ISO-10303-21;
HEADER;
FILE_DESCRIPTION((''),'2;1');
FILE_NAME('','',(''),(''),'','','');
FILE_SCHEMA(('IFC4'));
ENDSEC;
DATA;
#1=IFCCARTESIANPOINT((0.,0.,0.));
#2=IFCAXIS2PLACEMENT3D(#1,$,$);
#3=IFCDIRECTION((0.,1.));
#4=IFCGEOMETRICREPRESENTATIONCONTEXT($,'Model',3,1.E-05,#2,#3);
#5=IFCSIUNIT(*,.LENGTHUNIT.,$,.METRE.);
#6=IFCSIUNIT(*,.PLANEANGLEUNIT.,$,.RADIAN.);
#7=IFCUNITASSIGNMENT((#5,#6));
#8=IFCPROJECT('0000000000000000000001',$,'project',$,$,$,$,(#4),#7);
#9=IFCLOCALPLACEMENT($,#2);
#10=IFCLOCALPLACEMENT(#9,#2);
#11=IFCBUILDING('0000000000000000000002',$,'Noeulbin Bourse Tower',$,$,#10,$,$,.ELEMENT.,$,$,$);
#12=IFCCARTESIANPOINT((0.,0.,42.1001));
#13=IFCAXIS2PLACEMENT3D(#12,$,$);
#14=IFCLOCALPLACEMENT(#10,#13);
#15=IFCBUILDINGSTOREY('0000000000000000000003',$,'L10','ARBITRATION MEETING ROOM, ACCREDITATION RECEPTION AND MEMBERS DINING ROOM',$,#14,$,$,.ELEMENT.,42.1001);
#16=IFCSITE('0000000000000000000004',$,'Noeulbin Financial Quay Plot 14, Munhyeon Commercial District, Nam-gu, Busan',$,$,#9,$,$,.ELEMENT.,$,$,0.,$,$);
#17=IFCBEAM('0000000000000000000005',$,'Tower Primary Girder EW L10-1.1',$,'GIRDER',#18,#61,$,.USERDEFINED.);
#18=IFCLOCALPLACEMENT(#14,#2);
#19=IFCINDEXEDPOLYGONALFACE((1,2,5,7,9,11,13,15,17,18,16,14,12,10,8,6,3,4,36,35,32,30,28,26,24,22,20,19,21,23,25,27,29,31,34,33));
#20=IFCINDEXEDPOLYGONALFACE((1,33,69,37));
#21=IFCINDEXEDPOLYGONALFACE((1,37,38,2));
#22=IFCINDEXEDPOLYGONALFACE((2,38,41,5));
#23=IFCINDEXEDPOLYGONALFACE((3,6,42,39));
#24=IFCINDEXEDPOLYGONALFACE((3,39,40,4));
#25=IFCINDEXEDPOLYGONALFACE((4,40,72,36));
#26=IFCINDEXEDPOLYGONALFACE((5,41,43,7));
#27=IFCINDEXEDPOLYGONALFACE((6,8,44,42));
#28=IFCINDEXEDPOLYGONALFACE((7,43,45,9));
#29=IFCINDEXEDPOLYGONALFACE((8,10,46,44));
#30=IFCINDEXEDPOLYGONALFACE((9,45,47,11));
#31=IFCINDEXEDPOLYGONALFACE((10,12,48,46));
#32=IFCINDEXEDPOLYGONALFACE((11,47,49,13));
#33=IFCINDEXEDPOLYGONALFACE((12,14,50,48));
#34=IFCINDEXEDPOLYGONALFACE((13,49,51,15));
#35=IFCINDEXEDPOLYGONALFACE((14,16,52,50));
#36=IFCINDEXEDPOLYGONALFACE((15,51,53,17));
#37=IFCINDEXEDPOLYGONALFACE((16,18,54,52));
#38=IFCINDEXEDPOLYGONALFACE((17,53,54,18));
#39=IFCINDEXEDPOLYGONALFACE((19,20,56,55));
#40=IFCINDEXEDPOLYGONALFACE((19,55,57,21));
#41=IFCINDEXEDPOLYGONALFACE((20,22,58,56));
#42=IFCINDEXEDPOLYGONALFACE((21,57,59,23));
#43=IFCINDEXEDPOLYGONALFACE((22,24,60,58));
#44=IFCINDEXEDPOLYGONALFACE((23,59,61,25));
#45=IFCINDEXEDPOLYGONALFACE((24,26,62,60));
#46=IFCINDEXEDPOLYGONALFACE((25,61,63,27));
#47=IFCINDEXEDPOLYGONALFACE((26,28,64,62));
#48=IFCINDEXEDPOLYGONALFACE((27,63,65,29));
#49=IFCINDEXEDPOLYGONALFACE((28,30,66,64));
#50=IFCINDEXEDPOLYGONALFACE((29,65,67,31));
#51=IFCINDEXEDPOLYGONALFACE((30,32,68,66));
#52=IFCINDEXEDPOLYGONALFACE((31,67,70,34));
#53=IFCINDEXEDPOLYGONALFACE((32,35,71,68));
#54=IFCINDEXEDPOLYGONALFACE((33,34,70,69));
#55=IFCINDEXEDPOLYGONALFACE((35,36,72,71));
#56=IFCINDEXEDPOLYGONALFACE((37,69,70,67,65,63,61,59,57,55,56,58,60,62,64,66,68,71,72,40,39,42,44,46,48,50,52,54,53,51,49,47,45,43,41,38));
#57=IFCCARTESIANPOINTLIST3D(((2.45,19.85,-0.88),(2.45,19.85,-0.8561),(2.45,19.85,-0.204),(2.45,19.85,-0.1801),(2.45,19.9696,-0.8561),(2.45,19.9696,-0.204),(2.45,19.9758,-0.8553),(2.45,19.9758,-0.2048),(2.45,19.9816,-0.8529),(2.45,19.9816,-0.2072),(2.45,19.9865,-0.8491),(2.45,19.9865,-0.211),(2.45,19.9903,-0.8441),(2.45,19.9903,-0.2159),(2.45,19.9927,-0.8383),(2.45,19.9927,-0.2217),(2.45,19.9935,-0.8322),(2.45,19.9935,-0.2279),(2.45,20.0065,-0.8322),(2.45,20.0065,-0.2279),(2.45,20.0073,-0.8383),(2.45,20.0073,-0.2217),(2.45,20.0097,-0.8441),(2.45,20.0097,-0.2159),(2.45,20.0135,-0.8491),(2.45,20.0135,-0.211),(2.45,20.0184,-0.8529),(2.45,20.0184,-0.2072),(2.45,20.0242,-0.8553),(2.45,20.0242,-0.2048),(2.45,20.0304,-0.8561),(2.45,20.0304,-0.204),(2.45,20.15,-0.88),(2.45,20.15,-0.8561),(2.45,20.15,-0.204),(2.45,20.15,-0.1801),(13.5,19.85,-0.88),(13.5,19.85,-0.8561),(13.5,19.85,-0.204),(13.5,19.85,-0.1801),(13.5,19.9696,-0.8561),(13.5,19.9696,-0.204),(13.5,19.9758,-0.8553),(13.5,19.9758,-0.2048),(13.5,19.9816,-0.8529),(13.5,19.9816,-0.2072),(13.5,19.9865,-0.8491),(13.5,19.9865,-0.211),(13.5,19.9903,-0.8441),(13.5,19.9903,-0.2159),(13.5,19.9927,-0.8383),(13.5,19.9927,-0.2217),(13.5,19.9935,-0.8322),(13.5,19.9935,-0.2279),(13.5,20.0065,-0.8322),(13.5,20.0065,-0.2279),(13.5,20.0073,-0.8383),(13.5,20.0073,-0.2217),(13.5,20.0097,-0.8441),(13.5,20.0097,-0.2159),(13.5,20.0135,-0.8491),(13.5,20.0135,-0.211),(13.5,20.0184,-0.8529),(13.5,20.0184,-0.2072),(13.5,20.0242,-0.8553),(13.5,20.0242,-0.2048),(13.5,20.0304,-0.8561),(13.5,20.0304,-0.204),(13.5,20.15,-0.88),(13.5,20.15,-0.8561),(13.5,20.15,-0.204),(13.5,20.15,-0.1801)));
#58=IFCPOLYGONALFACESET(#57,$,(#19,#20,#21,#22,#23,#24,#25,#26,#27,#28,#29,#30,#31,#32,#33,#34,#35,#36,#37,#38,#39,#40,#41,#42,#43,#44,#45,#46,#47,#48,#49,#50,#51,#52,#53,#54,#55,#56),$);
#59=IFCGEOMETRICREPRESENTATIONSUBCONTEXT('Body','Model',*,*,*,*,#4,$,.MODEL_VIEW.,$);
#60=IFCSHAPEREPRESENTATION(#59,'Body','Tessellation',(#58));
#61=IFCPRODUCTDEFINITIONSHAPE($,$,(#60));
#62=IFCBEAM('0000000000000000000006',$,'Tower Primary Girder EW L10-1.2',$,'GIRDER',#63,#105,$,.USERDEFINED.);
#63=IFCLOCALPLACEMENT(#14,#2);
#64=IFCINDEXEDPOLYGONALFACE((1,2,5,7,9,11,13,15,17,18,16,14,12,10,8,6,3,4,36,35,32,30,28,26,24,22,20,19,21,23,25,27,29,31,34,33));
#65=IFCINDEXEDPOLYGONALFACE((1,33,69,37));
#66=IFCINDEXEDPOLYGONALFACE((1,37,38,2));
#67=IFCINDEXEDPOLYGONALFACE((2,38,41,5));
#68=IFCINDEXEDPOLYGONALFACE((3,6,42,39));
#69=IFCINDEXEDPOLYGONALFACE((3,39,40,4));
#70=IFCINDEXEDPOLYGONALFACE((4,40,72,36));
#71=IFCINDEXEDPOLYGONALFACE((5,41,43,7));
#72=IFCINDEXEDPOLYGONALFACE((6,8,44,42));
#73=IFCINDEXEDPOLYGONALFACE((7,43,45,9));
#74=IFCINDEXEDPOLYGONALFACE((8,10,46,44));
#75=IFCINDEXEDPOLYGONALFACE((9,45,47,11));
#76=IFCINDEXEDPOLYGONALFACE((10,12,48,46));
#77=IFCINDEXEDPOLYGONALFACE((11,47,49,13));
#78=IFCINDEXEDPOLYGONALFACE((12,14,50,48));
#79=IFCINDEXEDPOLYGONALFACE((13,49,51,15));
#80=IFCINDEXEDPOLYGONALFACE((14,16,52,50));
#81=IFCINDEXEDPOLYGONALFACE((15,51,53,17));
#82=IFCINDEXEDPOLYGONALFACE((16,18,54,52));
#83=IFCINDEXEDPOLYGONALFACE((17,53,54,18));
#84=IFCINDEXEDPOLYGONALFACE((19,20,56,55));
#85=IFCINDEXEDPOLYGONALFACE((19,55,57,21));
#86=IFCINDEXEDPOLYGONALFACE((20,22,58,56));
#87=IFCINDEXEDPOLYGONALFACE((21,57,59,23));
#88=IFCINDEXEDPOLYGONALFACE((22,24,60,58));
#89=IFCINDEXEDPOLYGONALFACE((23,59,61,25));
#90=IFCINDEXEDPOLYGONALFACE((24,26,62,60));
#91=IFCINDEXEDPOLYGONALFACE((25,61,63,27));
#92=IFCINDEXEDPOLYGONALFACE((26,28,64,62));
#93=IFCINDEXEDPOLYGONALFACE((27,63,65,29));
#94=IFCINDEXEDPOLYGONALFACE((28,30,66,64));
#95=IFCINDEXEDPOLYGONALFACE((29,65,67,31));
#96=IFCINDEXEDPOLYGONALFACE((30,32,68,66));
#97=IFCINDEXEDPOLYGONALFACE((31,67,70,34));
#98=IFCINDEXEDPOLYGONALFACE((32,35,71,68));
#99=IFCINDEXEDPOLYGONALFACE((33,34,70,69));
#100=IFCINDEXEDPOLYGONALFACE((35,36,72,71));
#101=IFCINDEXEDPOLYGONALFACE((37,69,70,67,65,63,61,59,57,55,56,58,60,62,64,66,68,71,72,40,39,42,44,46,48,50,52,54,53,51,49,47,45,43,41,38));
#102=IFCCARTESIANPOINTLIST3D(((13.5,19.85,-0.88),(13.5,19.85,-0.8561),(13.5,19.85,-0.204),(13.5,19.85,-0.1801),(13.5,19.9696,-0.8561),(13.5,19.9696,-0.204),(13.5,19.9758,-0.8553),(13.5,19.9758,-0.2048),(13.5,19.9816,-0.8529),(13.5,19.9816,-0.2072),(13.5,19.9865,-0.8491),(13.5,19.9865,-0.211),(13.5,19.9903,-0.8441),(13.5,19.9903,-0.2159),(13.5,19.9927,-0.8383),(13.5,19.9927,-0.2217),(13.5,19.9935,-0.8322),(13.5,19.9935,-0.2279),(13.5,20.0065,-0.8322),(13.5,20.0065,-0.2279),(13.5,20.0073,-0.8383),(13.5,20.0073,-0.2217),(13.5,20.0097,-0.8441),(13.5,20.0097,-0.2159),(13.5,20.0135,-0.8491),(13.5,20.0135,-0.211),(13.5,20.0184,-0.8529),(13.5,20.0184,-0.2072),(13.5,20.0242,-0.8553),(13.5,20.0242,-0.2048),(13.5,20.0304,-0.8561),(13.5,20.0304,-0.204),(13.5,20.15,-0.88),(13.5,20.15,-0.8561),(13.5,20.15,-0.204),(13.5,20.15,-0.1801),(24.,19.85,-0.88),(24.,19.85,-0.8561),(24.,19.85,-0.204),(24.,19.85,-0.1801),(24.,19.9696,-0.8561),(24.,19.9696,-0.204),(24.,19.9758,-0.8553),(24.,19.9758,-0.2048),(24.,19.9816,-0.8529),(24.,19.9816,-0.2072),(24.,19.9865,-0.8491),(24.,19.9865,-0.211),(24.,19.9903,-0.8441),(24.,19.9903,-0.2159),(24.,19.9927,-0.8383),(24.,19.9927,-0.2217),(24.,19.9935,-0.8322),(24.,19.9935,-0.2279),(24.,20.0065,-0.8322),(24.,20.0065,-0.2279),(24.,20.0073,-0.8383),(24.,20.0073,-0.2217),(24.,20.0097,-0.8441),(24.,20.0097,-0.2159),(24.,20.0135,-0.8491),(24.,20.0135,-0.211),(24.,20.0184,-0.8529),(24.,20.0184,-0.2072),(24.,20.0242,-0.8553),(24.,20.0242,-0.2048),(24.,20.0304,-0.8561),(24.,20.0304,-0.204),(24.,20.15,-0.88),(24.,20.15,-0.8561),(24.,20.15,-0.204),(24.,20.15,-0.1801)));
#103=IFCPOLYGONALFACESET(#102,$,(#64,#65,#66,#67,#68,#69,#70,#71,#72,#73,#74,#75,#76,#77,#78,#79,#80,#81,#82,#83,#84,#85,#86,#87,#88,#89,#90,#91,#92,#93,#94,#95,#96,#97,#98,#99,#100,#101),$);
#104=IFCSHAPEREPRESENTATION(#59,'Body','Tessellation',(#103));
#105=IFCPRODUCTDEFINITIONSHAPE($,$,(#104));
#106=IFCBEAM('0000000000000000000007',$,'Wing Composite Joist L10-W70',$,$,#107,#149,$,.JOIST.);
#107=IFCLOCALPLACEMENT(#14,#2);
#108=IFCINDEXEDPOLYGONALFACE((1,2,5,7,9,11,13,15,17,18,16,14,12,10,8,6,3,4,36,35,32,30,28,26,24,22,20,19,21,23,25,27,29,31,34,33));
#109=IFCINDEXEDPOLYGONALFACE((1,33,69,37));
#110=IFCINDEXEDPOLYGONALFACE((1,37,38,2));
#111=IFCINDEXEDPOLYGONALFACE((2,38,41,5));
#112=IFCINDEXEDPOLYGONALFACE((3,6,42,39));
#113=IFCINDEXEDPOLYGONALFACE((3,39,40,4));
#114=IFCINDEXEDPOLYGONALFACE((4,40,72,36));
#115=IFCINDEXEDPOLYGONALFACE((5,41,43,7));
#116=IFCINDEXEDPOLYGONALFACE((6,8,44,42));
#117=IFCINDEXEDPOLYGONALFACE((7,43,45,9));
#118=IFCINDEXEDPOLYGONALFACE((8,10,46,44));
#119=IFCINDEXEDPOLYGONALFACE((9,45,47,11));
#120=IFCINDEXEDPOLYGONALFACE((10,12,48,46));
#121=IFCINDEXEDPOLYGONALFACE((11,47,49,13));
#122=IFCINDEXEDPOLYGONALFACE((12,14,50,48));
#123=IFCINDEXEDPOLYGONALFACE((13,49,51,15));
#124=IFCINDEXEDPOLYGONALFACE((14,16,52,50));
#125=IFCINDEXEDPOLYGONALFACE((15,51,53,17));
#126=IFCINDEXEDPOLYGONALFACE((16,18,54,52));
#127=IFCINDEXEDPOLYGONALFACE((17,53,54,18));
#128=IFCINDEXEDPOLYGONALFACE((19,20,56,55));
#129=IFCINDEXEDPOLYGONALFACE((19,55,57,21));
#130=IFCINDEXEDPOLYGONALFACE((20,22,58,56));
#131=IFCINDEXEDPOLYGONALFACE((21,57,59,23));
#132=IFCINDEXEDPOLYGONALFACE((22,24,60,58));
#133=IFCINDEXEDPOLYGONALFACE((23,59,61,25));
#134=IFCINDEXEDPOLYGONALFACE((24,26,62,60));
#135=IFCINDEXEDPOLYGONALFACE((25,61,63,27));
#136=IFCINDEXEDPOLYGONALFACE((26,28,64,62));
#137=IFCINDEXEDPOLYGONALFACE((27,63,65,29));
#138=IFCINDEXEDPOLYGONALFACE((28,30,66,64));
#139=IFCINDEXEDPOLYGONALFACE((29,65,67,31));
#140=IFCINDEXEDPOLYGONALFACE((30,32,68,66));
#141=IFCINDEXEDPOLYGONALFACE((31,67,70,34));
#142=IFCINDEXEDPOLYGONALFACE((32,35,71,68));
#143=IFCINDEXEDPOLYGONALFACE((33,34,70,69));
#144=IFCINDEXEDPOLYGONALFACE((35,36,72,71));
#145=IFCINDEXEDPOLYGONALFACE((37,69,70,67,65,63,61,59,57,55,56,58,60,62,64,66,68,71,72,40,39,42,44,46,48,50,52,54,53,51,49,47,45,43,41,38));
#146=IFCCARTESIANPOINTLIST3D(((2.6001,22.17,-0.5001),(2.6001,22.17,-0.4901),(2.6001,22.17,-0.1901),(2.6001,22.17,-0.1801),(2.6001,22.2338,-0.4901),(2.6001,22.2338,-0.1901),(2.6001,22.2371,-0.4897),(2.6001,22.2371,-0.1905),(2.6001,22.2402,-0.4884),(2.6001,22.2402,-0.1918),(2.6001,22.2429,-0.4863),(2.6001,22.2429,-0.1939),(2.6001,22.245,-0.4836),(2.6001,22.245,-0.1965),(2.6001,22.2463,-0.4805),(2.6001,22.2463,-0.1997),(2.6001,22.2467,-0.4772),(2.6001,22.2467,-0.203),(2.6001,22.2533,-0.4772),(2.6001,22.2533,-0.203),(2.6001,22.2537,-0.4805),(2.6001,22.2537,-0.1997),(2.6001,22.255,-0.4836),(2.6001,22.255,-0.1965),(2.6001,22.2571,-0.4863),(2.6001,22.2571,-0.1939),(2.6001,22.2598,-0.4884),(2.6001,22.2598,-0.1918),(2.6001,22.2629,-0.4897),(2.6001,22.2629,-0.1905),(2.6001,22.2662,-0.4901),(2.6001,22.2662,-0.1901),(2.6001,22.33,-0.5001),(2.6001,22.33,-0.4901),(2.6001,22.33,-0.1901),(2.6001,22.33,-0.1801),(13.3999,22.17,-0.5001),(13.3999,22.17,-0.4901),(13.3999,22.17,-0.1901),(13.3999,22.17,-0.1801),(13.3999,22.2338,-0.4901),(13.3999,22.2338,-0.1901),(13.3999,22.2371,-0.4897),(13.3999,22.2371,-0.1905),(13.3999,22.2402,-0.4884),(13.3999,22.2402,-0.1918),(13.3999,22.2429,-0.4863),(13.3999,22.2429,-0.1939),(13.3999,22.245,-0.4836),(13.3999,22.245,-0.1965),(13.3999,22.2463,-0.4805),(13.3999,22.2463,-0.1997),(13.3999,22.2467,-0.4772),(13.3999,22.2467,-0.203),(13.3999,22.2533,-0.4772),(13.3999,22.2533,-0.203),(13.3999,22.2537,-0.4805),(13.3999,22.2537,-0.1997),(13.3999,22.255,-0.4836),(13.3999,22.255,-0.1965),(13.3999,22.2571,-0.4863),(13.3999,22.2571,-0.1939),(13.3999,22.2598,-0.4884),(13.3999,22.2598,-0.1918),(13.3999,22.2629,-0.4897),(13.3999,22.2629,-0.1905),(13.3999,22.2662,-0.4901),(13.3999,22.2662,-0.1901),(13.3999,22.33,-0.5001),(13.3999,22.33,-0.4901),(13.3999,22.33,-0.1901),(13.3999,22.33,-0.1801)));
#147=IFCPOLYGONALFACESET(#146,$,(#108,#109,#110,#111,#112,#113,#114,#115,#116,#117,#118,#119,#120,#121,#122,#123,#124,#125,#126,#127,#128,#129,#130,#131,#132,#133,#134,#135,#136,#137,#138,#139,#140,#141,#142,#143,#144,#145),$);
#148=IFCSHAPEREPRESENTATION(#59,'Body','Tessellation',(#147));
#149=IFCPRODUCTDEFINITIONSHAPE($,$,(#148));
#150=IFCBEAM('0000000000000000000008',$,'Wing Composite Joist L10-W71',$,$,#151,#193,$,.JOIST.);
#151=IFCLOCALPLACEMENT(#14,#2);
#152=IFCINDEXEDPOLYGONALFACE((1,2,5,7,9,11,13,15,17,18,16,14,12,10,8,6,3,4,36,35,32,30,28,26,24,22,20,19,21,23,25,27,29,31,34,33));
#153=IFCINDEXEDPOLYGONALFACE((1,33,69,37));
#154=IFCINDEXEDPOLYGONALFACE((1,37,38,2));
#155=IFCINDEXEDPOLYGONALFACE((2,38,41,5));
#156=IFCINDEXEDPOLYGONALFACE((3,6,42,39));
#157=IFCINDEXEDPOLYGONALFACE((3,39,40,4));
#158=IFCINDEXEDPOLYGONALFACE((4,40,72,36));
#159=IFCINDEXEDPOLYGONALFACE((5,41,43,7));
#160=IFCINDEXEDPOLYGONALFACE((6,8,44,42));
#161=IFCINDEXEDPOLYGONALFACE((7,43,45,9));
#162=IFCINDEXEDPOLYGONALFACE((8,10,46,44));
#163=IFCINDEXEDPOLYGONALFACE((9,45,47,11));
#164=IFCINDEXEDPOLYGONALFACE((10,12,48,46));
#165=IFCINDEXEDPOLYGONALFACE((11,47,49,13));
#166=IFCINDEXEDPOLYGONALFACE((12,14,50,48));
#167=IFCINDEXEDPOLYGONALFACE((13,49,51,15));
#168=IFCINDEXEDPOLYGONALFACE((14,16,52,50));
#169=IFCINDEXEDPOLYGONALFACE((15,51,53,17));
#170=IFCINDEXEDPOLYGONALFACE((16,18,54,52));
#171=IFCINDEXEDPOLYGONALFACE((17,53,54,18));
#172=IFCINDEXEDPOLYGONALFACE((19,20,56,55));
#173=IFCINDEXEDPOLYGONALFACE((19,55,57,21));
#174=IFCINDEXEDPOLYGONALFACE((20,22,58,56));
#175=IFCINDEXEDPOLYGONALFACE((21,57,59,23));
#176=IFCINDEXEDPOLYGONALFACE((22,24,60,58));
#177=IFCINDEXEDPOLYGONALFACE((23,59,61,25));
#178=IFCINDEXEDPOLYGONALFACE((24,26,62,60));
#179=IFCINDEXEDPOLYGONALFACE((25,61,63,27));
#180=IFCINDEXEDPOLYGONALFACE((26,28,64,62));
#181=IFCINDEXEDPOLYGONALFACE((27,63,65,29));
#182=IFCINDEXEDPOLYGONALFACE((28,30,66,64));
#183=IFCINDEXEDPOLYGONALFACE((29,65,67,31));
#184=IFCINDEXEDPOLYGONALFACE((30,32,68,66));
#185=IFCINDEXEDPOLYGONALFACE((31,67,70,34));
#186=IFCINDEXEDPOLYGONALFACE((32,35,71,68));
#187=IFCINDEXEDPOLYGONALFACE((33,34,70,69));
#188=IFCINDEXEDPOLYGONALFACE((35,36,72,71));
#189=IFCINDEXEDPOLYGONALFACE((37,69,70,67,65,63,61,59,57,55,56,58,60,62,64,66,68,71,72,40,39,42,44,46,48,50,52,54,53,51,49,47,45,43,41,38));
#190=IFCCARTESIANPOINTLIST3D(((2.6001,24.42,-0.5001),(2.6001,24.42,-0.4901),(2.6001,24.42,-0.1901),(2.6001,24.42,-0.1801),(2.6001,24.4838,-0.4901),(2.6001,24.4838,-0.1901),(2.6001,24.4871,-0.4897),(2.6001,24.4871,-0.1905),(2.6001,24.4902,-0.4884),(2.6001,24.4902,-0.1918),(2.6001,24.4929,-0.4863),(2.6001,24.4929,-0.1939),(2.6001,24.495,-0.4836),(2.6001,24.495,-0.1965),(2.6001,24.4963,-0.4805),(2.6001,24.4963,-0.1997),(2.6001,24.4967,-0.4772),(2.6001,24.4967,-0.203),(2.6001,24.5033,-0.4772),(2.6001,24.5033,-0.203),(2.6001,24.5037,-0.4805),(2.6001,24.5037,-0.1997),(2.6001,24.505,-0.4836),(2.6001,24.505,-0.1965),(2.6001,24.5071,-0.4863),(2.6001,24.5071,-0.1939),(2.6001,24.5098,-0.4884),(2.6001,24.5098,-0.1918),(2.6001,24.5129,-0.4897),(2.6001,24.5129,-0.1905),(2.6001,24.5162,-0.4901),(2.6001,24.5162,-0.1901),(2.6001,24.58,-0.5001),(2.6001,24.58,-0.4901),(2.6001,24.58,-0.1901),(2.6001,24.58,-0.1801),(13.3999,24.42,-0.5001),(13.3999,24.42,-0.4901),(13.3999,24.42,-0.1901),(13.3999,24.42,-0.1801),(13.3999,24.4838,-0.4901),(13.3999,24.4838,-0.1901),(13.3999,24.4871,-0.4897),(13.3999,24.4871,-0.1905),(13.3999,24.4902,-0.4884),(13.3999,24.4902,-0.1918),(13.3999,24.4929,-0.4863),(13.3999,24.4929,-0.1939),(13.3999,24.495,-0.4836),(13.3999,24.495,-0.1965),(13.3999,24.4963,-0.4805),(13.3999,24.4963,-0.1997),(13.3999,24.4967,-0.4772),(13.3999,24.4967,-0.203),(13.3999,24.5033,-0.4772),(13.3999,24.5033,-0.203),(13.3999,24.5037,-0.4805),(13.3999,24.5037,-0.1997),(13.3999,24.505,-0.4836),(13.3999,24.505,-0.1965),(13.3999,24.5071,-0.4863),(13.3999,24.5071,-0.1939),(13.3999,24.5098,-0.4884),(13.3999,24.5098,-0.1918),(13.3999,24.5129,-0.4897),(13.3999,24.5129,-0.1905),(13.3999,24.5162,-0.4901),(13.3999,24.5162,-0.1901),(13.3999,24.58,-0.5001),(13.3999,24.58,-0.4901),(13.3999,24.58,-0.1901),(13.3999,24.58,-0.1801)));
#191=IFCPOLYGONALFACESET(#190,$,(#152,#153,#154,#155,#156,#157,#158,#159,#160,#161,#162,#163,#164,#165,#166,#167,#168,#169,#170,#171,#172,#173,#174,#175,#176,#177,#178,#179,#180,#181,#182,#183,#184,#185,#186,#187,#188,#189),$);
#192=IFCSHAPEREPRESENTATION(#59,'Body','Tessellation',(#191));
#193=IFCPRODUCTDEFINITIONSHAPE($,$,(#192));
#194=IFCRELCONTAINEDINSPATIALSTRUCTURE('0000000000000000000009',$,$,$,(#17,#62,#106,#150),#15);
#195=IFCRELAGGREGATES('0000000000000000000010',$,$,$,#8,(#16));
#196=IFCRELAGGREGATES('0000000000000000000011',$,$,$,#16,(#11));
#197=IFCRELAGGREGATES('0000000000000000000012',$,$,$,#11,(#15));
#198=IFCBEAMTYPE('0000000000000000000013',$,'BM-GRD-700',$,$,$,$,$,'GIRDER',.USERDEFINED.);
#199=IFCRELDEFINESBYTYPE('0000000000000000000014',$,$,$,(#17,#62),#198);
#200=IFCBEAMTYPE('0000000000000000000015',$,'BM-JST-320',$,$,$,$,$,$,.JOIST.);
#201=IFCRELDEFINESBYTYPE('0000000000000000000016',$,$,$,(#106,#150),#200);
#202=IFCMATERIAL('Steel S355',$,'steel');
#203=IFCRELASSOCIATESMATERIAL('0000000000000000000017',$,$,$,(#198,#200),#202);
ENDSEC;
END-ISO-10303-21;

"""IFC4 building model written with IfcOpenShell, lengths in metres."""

from ifc_helpers import new_model, si_unit, direction, frame, origin, origin_2d, place, context, subcontext, project, spatial, i_section, extrude, material, material_profile, profile_set, type_object, element, save


model = new_model("IFC4")

# Units and contexts
model_context = context("Model", 3, precision=1e-05, world=origin(), true_north=direction((0.0, 1.0)))
body_context = subcontext(model_context, "Body", "Model", "MODEL_VIEW")
ifc_project = project(units=[si_unit("LENGTHUNIT", "METRE"), si_unit("PLANEANGLEUNIT", "RADIAN")], contexts=[model_context])

# Site, building, storey
site_placement = place(None, origin())
site = spatial("IfcSite", under=ifc_project, at=site_placement, Name="Noeulbin Financial Quay Plot 14, Munhyeon Commercial District, Nam-gu, Busan", CompositionType="ELEMENT", RefElevation=0.0)
building_placement = place(site_placement, origin())
building = spatial("IfcBuilding", under=site, at=building_placement, Name="Noeulbin Bourse Tower", CompositionType="ELEMENT")
storey_placement = place(building_placement, frame((0.0, 0.0, 42.1001)))
storey = spatial("IfcBuildingStorey", under=building, at=storey_placement, Name="L10", Description="ARBITRATION MEETING ROOM, ACCREDITATION RECEPTION AND MEMBERS DINING ROOM", CompositionType="ELEMENT", Elevation=42.1001)

# Beams
ifc_material_1 = material(Name="Steel S355", Category="steel")
ifc_material_profile_1 = material_profile(ifc_material_1, i_section(OverallWidth=0.3, OverallDepth=0.7, WebThickness=0.0129, FlangeThickness=0.0239, FilletRadius=0.0239, at=origin_2d()), Name="H-700x300x13x24", Category="LoadBearing")
ifc_profile_set_1 = profile_set([ifc_material_profile_1], Name="Steel S355")
beam_type_1 = type_object("IfcBeamType", Name="BM-GRD-700", ElementType="GIRDER", PredefinedType="USERDEFINED", material=ifc_profile_set_1)
beam_1_placement = place(storey_placement, frame((2.45, 20.0, -0.53), z_axis=(1.0, 0.0, 0.0), x_axis=(0.0, 1.0, 0.0)))
element("IfcBeam", 1, at=beam_1_placement, inside=storey, type_object=beam_type_1, Name="Tower Primary Girder EW L10-1.1", ObjectType="GIRDER", PredefinedType="USERDEFINED", context=body_context, shape_type="SweptSolid", body=[
    extrude(i_section(OverallWidth=0.3, OverallDepth=0.7, WebThickness=0.0129, FlangeThickness=0.0239, FilletRadius=0.0239, at=origin_2d()), origin(), (0.0, 0.0, 1.0), 11.05),
])
beam_2_placement = place(storey_placement, frame((13.5, 20.0, -0.53), z_axis=(1.0, 0.0, 0.0), x_axis=(0.0, 1.0, 0.0)))
element("IfcBeam", 2, at=beam_2_placement, inside=storey, type_object=beam_type_1, Name="Tower Primary Girder EW L10-1.2", ObjectType="GIRDER", PredefinedType="USERDEFINED", context=body_context, shape_type="SweptSolid", body=[
    extrude(i_section(OverallWidth=0.3, OverallDepth=0.7, WebThickness=0.0129, FlangeThickness=0.0239, FilletRadius=0.0239, at=origin_2d()), origin(), (0.0, 0.0, 1.0), 10.5),
])
ifc_material_profile_2 = material_profile(ifc_material_1, i_section(OverallWidth=0.1599, OverallDepth=0.3201, WebThickness=0.0066, FlangeThickness=0.01, FilletRadius=0.0129, at=origin_2d()), Name="H-320x160x6.5x10", Category="LoadBearing")
ifc_profile_set_2 = profile_set([ifc_material_profile_2], Name="Steel S355")
beam_type_2 = type_object("IfcBeamType", Name="BM-JST-320", PredefinedType="JOIST", material=ifc_profile_set_2)
for number, where, z_axis, x_axis, name in (
    (3, (2.6001, 22.25, -0.3401), (1.0, 0.0, 0.0), (0.0, 1.0, 0.0), "Wing Composite Joist L10-W70"),
    (4, (2.6001, 24.5, -0.3401), (1.0, 0.0, 0.0), (0.0, 1.0, 0.0), "Wing Composite Joist L10-W71"),
):
    element("IfcBeam", number, at=place(storey_placement, frame(where, z_axis=z_axis, x_axis=x_axis)), inside=storey, type_object=beam_type_2, Name=name, PredefinedType="JOIST", context=body_context, shape_type="SweptSolid", body=[
        extrude(i_section(OverallWidth=0.1599, OverallDepth=0.3201, WebThickness=0.0066, FlangeThickness=0.01, FilletRadius=0.0129, at=origin_2d()), origin(), (0.0, 0.0, 1.0), 10.7998),
    ])

save(model, "model.ifc")
